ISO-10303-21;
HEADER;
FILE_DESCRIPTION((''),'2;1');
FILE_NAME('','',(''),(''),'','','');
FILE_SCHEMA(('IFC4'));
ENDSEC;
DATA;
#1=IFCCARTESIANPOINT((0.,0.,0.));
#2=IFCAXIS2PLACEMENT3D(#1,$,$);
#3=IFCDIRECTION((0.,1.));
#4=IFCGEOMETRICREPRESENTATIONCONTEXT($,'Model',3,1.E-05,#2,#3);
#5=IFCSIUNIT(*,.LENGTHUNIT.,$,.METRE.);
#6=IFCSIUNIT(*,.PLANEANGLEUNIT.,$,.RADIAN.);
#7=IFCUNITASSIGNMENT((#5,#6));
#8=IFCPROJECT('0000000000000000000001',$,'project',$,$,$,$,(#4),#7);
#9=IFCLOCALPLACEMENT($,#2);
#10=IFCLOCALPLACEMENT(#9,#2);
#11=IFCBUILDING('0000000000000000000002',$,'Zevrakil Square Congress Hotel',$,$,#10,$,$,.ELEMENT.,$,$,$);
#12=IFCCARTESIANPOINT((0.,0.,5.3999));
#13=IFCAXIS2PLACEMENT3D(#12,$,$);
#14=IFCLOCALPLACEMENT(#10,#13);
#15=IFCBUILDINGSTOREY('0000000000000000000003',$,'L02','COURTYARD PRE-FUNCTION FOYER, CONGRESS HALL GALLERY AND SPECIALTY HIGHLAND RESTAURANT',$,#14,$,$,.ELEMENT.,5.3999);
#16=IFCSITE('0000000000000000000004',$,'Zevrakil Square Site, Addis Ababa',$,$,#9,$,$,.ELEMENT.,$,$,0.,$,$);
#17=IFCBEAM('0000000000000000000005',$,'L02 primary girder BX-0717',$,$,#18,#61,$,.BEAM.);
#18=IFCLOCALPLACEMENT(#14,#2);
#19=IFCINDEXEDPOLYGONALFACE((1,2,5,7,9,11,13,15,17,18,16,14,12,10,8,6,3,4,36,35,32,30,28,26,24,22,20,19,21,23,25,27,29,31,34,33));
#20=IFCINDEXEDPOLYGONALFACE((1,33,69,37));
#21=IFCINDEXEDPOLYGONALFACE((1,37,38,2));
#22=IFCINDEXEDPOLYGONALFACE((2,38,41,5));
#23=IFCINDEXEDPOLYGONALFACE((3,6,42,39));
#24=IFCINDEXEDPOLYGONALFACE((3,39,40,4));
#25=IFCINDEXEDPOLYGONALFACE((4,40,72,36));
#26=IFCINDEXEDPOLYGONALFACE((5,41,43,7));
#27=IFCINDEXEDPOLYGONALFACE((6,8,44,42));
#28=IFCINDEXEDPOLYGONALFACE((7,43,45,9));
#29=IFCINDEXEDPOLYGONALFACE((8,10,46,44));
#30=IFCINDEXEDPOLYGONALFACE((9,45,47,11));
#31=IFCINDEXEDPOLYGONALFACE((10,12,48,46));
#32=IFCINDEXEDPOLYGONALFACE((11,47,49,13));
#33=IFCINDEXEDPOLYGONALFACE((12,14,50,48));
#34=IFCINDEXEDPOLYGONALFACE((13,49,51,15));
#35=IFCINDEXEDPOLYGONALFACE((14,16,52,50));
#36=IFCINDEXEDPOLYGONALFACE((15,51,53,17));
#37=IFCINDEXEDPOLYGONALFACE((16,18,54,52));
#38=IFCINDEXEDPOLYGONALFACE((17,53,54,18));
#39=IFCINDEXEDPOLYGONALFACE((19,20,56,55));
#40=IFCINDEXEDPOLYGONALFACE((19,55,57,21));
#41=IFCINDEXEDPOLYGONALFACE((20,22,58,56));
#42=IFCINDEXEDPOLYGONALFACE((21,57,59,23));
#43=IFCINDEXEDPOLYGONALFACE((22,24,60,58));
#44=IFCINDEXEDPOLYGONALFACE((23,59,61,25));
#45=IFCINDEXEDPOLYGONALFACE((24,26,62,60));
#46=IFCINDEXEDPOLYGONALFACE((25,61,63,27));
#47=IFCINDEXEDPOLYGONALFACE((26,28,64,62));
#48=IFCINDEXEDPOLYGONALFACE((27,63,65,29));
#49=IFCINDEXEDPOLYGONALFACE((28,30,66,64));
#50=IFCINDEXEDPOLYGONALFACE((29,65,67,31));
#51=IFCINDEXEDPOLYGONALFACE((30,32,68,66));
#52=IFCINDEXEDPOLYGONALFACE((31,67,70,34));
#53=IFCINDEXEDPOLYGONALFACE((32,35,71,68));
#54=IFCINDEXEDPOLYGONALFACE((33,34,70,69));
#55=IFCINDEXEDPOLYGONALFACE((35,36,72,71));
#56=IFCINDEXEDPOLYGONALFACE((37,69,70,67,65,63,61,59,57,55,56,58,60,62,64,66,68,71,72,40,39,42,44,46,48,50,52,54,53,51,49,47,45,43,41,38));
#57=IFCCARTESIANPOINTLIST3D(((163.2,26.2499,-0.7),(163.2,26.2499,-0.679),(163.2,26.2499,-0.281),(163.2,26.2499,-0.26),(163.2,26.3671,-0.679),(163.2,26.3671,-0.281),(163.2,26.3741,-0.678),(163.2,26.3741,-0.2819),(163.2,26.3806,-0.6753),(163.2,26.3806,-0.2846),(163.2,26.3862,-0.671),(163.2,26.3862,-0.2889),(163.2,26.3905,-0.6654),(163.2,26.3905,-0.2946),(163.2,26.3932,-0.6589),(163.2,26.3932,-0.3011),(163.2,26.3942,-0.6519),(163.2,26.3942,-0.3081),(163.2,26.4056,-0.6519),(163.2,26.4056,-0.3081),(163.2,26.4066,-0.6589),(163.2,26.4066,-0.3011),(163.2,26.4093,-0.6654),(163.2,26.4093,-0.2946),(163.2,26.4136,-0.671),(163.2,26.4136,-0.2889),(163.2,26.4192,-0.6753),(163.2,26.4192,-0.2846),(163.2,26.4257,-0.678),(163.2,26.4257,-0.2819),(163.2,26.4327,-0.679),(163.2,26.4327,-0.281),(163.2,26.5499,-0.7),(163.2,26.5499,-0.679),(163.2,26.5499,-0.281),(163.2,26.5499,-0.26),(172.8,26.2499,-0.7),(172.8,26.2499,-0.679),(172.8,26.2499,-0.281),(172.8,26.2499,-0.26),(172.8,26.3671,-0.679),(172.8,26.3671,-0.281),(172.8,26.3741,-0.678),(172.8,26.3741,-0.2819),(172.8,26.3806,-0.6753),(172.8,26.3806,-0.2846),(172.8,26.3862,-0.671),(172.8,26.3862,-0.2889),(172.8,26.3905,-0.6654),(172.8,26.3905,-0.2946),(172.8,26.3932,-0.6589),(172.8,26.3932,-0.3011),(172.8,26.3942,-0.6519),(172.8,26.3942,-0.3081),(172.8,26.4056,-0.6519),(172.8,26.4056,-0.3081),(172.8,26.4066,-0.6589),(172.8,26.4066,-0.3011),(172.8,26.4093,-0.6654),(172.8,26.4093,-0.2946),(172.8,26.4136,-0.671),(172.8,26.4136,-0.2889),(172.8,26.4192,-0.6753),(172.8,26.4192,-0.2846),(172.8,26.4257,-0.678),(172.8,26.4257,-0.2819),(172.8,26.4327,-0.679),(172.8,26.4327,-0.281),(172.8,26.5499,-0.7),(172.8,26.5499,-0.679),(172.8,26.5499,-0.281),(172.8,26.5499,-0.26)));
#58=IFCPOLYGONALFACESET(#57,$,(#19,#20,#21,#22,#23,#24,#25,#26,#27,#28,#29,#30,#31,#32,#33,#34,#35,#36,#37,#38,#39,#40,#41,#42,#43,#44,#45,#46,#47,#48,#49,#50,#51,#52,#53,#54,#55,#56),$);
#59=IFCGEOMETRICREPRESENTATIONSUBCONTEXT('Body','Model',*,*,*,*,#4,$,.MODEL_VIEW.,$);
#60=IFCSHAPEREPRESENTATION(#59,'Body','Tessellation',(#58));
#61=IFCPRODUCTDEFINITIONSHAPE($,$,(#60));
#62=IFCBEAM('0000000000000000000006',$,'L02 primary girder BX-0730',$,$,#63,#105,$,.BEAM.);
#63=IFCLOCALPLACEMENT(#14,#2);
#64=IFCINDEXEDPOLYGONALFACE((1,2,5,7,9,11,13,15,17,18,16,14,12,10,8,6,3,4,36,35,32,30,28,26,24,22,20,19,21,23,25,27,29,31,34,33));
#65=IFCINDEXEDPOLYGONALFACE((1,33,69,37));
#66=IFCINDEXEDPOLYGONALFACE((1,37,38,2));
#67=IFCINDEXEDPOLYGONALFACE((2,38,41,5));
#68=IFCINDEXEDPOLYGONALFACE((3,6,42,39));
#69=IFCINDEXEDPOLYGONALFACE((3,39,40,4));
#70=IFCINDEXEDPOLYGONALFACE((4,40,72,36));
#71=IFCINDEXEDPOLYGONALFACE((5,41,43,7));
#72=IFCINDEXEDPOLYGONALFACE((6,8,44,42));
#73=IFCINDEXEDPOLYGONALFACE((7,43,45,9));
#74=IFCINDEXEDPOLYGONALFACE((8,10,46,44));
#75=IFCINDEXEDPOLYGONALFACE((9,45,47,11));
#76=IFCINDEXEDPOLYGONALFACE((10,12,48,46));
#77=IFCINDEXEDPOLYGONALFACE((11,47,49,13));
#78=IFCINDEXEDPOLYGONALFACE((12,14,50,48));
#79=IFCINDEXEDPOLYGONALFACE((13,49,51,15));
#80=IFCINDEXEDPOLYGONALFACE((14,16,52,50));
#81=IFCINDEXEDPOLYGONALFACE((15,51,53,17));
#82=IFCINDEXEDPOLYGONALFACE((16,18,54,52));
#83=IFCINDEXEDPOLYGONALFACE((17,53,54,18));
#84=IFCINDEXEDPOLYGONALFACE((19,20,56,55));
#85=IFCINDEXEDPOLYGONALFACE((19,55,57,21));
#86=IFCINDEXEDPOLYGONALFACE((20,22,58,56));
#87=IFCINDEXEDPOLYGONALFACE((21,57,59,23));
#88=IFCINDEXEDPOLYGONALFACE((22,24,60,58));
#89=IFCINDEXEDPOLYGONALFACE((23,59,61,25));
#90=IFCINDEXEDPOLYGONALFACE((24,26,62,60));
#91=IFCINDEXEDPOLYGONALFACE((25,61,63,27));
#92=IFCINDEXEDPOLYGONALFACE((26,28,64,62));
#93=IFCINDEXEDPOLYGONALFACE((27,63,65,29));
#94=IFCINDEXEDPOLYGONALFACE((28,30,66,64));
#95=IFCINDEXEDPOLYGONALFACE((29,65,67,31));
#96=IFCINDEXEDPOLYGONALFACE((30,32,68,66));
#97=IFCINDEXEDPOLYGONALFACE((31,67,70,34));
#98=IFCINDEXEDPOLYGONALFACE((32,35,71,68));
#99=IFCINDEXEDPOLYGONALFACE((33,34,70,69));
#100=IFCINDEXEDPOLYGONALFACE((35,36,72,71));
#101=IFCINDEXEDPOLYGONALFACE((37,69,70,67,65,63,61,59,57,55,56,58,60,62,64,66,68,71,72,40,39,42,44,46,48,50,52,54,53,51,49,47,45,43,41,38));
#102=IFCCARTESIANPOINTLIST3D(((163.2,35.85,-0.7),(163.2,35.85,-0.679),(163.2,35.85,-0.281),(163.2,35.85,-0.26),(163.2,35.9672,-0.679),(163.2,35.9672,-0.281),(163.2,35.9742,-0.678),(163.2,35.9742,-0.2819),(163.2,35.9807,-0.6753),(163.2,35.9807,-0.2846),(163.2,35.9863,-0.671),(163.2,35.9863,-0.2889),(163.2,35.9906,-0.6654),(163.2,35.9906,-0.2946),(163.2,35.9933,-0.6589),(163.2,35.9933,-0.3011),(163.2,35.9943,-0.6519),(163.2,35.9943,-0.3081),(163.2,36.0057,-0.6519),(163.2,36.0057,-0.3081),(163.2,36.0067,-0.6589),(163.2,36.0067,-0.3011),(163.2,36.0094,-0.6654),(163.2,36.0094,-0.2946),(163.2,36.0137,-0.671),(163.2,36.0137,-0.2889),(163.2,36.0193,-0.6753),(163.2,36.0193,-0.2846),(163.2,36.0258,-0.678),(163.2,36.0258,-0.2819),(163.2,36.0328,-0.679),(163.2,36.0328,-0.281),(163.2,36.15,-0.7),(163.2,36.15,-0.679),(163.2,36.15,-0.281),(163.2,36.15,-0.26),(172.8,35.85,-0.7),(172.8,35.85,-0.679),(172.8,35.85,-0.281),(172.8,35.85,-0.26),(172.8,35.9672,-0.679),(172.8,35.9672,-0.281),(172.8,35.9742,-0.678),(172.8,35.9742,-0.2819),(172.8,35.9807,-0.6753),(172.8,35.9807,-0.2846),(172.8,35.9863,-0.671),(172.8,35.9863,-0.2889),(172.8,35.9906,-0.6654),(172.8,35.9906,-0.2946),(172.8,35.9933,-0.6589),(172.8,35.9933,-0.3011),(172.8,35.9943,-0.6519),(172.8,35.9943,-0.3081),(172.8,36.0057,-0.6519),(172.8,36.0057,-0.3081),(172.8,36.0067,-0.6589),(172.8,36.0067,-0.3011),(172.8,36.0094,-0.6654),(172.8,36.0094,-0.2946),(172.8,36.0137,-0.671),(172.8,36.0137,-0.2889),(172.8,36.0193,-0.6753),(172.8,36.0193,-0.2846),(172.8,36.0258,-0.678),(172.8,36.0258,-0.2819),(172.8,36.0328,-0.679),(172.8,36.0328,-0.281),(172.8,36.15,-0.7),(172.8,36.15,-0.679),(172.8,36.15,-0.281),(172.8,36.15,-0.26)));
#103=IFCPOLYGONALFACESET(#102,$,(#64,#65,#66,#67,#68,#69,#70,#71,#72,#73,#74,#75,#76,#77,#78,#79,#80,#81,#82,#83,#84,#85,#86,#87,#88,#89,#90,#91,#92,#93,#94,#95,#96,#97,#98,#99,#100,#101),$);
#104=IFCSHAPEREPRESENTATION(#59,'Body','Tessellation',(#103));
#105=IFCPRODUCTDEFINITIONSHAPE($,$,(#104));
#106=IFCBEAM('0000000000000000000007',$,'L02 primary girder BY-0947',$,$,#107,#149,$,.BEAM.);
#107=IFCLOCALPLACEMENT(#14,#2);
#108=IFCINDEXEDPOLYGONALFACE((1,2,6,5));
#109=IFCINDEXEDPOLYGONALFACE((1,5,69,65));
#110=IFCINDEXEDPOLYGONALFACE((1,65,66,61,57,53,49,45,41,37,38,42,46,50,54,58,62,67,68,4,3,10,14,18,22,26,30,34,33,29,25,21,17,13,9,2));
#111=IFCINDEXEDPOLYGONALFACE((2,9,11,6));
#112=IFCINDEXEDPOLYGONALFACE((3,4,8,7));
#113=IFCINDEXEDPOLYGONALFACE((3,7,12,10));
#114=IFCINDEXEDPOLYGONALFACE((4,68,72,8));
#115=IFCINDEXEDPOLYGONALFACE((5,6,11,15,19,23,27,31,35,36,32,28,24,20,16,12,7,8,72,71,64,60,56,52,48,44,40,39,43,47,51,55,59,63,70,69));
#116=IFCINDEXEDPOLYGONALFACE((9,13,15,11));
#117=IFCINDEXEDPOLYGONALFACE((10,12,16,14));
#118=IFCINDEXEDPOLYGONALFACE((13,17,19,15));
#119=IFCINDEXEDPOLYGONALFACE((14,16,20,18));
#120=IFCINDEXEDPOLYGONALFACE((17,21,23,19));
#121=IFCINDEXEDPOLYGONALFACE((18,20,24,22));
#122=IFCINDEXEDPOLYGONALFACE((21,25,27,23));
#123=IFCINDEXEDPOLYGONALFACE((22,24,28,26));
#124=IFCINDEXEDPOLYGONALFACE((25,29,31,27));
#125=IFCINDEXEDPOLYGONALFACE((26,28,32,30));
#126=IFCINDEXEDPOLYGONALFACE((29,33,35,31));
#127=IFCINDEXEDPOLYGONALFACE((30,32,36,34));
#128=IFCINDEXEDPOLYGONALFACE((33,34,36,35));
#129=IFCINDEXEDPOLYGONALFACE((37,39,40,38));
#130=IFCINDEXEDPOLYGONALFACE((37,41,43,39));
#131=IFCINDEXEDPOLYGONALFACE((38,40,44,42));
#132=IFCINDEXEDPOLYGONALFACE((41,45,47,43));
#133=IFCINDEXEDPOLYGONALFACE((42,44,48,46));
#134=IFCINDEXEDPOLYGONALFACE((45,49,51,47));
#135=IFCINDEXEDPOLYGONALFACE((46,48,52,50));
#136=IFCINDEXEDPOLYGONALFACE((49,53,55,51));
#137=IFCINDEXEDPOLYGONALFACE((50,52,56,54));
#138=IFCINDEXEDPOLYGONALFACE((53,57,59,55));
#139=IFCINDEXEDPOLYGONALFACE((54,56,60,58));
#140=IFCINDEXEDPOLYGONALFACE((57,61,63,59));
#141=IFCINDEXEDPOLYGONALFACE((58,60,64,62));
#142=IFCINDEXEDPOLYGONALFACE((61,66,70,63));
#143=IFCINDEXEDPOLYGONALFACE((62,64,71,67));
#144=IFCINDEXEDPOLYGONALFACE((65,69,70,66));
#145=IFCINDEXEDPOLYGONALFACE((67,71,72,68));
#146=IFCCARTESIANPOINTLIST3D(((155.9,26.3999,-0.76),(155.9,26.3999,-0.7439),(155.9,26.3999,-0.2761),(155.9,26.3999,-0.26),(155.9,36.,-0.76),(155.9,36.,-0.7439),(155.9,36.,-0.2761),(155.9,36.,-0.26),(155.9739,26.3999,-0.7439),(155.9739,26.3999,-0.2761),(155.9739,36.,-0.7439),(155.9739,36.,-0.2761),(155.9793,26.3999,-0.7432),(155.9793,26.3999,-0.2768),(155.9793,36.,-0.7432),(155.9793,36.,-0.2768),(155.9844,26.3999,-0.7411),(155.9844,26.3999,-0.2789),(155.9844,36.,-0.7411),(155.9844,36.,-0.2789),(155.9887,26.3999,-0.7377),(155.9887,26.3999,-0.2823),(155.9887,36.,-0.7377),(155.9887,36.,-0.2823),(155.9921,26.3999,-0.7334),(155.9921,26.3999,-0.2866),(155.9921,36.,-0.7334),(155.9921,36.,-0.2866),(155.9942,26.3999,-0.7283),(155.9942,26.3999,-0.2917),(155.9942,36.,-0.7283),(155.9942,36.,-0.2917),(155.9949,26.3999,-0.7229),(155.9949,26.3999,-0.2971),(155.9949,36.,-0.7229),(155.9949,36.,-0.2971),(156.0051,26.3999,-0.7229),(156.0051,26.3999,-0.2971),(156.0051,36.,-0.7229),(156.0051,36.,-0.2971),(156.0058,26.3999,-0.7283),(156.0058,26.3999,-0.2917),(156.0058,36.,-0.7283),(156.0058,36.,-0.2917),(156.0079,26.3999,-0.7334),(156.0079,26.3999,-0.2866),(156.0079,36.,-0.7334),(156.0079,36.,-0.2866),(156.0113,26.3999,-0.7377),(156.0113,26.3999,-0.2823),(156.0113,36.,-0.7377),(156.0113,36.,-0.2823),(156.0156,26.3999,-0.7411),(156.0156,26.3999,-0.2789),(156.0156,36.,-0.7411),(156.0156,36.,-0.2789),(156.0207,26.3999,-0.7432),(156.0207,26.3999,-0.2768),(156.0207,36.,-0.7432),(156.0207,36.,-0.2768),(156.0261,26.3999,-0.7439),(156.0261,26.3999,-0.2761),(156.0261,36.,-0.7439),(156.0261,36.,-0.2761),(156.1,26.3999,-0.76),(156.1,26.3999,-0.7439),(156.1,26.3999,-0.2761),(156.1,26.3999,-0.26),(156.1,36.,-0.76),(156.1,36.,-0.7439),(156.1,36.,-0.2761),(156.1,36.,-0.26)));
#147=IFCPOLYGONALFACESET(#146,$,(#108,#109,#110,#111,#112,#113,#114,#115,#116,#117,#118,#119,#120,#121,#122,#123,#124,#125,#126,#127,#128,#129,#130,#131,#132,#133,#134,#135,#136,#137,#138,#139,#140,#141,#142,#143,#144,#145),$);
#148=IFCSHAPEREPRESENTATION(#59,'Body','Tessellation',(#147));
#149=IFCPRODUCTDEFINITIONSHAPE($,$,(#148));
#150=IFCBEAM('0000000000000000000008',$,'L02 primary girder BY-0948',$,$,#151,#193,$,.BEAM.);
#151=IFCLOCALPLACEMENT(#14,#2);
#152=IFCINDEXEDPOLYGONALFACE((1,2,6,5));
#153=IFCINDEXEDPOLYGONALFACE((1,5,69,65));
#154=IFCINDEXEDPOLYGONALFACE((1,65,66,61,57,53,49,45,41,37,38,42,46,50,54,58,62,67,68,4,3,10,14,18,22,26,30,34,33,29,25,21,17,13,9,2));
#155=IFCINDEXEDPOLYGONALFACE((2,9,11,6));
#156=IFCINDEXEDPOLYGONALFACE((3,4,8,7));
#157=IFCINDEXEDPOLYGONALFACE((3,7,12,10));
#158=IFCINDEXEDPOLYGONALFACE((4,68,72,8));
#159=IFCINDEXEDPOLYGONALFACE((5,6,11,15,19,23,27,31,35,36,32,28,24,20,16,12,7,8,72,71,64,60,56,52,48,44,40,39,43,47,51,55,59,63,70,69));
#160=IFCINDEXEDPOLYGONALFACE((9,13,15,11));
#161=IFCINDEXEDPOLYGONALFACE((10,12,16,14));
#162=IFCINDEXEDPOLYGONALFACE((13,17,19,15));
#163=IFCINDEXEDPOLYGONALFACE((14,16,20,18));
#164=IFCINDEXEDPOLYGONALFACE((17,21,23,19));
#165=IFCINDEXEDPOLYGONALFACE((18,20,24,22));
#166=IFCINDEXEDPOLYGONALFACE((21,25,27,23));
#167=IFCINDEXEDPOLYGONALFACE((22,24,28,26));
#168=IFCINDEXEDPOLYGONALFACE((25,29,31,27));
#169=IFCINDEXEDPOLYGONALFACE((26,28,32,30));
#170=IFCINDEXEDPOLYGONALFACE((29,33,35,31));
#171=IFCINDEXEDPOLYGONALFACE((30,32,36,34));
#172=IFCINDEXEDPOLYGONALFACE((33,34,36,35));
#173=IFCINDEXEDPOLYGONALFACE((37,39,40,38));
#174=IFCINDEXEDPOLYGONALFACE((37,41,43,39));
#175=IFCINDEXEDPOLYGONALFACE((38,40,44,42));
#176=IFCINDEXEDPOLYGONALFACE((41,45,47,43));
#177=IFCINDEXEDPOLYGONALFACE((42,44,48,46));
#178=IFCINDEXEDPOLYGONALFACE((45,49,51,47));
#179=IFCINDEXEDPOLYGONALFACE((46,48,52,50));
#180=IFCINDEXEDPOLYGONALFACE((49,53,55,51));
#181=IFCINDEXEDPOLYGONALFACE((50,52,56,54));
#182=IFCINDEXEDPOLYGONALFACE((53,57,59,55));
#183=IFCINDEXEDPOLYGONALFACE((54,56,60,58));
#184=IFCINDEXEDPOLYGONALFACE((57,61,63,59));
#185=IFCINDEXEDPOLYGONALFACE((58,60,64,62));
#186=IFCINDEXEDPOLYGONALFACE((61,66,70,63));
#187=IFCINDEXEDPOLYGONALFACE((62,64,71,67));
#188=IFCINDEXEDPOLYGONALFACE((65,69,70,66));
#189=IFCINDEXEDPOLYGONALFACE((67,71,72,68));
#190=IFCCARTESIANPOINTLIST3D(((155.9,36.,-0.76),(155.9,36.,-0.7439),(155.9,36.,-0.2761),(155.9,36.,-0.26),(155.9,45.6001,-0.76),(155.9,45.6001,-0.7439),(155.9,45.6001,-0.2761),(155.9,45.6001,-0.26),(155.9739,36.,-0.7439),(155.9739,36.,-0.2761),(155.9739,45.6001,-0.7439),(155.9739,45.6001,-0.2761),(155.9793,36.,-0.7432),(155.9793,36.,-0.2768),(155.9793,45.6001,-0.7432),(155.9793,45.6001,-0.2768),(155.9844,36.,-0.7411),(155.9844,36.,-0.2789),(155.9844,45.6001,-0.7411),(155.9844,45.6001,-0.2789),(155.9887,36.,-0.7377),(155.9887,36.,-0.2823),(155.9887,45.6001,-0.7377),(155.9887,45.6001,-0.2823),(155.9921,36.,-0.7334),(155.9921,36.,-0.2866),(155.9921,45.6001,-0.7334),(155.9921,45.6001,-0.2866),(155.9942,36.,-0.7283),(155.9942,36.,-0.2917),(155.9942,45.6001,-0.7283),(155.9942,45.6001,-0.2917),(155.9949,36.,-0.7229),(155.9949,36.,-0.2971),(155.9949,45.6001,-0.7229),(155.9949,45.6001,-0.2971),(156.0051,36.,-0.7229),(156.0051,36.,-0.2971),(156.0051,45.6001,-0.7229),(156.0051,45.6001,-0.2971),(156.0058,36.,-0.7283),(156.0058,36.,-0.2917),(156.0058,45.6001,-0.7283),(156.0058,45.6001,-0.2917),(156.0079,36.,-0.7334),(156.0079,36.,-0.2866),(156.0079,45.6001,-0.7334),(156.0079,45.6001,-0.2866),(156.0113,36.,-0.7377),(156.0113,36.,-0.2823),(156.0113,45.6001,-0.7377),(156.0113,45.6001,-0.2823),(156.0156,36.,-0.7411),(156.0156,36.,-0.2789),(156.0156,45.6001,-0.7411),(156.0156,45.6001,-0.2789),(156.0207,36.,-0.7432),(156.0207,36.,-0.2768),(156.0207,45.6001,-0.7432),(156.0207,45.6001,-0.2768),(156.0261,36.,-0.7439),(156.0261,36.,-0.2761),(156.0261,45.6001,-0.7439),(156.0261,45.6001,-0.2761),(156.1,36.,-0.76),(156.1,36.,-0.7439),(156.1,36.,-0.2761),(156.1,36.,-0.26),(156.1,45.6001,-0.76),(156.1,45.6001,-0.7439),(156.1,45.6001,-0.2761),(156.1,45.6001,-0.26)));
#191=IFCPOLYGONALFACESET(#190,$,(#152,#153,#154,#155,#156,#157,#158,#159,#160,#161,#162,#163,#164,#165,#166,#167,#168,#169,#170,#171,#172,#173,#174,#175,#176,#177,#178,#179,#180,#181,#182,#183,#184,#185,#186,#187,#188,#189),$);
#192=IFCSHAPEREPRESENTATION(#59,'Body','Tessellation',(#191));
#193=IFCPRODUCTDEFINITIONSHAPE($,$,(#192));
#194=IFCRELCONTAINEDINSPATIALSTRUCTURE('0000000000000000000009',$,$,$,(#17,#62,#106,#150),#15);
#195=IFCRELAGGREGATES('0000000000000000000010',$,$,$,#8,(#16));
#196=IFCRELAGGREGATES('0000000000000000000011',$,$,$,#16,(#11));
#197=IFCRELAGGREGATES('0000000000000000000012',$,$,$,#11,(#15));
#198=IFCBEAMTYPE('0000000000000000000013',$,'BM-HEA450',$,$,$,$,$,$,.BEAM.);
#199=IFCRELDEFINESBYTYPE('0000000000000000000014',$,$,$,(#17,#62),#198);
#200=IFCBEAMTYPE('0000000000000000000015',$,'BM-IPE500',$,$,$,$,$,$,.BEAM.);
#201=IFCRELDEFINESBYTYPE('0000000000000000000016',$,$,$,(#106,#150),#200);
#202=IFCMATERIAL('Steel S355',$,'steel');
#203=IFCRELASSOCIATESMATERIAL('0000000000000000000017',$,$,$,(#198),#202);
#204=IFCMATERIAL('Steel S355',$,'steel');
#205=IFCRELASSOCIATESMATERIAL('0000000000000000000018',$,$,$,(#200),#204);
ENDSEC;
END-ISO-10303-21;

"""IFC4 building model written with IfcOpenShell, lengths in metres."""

from ifc_helpers import new_model, si_unit, direction, frame, origin, origin_2d, place, context, subcontext, project, spatial, i_section, extrude, material, material_profile, profile_set, type_object, element, save


model = new_model("IFC4")

# Units and contexts
model_context = context("Model", 3, precision=1e-05, world=origin(), true_north=direction((0.0, 1.0)))
body_context = subcontext(model_context, "Body", "Model", "MODEL_VIEW")
ifc_project = project(units=[si_unit("LENGTHUNIT", "METRE"), si_unit("PLANEANGLEUNIT", "RADIAN")], contexts=[model_context])

# Site, building, storey
site_placement = place(None, origin())
site = spatial("IfcSite", under=ifc_project, at=site_placement, Name="Zevrakil Square Site, Addis Ababa", CompositionType="ELEMENT", RefElevation=0.0)
building_placement = place(site_placement, origin())
building = spatial("IfcBuilding", under=site, at=building_placement, Name="Zevrakil Square Congress Hotel", CompositionType="ELEMENT")
storey_placement = place(building_placement, frame((0.0, 0.0, 5.3999)))
storey = spatial("IfcBuildingStorey", under=building, at=storey_placement, Name="L02", Description="COURTYARD PRE-FUNCTION FOYER, CONGRESS HALL GALLERY AND SPECIALTY HIGHLAND RESTAURANT", CompositionType="ELEMENT", Elevation=5.3999)

# Beams
ifc_material_1 = material(Name="Steel S355", Category="steel")
ifc_material_profile_1 = material_profile(ifc_material_1, i_section(OverallWidth=0.3, OverallDepth=0.4399, WebThickness=0.0115, FlangeThickness=0.021, FilletRadius=0.0271, at=origin_2d()), Name="HEA 450")
ifc_profile_set_1 = profile_set([ifc_material_profile_1], Name="Steel S355")
beam_type_1 = type_object("IfcBeamType", Name="BM-HEA450", PredefinedType="BEAM", material=ifc_profile_set_1)
for number, where, z_axis, x_axis, name in (
    (1, (163.2, 26.3999, -0.48), (1.0, 0.0, 0.0), (0.0, 1.0, 0.0), "L02 primary girder BX-0717"),
    (2, (163.2, 36.0, -0.48), (1.0, 0.0, 0.0), (0.0, 1.0, 0.0), "L02 primary girder BX-0730"),
):
    element("IfcBeam", number, at=place(storey_placement, frame(where, z_axis=z_axis, x_axis=x_axis)), inside=storey, type_object=beam_type_1, Name=name, PredefinedType="BEAM", context=body_context, shape_type="SweptSolid", body=[
        extrude(i_section(OverallWidth=0.3, OverallDepth=0.4399, WebThickness=0.0115, FlangeThickness=0.021, FilletRadius=0.0271, at=origin_2d()), origin(), (0.0, 0.0, 1.0), 9.6001),
    ])
ifc_material_2 = material(Name="Steel S355", Category="steel")
ifc_material_profile_2 = material_profile(ifc_material_2, i_section(OverallWidth=0.2, OverallDepth=0.5, WebThickness=0.0103, FlangeThickness=0.0161, FilletRadius=0.021, at=origin_2d()), Name="IPE 500")
ifc_profile_set_2 = profile_set([ifc_material_profile_2], Name="Steel S355")
beam_type_2 = type_object("IfcBeamType", Name="BM-IPE500", PredefinedType="BEAM", material=ifc_profile_set_2)
for number, where, z_axis, x_axis, name in (
    (3, (156.0, 26.3999, -0.51), (0.0, 1.0, 0.0), (-1.0, 0.0, 0.0), "L02 primary girder BY-0947"),
    (4, (156.0, 36.0, -0.51), (0.0, 1.0, 0.0), (-1.0, 0.0, 0.0), "L02 primary girder BY-0948"),
):
    element("IfcBeam", number, at=place(storey_placement, frame(where, z_axis=z_axis, x_axis=x_axis)), inside=storey, type_object=beam_type_2, Name=name, PredefinedType="BEAM", context=body_context, shape_type="SweptSolid", body=[
        extrude(i_section(OverallWidth=0.2, OverallDepth=0.5, WebThickness=0.0103, FlangeThickness=0.0161, FilletRadius=0.021, at=origin_2d()), origin(), (0.0, 0.0, 1.0), 9.6001),
    ])

save(model, "model.ifc")
